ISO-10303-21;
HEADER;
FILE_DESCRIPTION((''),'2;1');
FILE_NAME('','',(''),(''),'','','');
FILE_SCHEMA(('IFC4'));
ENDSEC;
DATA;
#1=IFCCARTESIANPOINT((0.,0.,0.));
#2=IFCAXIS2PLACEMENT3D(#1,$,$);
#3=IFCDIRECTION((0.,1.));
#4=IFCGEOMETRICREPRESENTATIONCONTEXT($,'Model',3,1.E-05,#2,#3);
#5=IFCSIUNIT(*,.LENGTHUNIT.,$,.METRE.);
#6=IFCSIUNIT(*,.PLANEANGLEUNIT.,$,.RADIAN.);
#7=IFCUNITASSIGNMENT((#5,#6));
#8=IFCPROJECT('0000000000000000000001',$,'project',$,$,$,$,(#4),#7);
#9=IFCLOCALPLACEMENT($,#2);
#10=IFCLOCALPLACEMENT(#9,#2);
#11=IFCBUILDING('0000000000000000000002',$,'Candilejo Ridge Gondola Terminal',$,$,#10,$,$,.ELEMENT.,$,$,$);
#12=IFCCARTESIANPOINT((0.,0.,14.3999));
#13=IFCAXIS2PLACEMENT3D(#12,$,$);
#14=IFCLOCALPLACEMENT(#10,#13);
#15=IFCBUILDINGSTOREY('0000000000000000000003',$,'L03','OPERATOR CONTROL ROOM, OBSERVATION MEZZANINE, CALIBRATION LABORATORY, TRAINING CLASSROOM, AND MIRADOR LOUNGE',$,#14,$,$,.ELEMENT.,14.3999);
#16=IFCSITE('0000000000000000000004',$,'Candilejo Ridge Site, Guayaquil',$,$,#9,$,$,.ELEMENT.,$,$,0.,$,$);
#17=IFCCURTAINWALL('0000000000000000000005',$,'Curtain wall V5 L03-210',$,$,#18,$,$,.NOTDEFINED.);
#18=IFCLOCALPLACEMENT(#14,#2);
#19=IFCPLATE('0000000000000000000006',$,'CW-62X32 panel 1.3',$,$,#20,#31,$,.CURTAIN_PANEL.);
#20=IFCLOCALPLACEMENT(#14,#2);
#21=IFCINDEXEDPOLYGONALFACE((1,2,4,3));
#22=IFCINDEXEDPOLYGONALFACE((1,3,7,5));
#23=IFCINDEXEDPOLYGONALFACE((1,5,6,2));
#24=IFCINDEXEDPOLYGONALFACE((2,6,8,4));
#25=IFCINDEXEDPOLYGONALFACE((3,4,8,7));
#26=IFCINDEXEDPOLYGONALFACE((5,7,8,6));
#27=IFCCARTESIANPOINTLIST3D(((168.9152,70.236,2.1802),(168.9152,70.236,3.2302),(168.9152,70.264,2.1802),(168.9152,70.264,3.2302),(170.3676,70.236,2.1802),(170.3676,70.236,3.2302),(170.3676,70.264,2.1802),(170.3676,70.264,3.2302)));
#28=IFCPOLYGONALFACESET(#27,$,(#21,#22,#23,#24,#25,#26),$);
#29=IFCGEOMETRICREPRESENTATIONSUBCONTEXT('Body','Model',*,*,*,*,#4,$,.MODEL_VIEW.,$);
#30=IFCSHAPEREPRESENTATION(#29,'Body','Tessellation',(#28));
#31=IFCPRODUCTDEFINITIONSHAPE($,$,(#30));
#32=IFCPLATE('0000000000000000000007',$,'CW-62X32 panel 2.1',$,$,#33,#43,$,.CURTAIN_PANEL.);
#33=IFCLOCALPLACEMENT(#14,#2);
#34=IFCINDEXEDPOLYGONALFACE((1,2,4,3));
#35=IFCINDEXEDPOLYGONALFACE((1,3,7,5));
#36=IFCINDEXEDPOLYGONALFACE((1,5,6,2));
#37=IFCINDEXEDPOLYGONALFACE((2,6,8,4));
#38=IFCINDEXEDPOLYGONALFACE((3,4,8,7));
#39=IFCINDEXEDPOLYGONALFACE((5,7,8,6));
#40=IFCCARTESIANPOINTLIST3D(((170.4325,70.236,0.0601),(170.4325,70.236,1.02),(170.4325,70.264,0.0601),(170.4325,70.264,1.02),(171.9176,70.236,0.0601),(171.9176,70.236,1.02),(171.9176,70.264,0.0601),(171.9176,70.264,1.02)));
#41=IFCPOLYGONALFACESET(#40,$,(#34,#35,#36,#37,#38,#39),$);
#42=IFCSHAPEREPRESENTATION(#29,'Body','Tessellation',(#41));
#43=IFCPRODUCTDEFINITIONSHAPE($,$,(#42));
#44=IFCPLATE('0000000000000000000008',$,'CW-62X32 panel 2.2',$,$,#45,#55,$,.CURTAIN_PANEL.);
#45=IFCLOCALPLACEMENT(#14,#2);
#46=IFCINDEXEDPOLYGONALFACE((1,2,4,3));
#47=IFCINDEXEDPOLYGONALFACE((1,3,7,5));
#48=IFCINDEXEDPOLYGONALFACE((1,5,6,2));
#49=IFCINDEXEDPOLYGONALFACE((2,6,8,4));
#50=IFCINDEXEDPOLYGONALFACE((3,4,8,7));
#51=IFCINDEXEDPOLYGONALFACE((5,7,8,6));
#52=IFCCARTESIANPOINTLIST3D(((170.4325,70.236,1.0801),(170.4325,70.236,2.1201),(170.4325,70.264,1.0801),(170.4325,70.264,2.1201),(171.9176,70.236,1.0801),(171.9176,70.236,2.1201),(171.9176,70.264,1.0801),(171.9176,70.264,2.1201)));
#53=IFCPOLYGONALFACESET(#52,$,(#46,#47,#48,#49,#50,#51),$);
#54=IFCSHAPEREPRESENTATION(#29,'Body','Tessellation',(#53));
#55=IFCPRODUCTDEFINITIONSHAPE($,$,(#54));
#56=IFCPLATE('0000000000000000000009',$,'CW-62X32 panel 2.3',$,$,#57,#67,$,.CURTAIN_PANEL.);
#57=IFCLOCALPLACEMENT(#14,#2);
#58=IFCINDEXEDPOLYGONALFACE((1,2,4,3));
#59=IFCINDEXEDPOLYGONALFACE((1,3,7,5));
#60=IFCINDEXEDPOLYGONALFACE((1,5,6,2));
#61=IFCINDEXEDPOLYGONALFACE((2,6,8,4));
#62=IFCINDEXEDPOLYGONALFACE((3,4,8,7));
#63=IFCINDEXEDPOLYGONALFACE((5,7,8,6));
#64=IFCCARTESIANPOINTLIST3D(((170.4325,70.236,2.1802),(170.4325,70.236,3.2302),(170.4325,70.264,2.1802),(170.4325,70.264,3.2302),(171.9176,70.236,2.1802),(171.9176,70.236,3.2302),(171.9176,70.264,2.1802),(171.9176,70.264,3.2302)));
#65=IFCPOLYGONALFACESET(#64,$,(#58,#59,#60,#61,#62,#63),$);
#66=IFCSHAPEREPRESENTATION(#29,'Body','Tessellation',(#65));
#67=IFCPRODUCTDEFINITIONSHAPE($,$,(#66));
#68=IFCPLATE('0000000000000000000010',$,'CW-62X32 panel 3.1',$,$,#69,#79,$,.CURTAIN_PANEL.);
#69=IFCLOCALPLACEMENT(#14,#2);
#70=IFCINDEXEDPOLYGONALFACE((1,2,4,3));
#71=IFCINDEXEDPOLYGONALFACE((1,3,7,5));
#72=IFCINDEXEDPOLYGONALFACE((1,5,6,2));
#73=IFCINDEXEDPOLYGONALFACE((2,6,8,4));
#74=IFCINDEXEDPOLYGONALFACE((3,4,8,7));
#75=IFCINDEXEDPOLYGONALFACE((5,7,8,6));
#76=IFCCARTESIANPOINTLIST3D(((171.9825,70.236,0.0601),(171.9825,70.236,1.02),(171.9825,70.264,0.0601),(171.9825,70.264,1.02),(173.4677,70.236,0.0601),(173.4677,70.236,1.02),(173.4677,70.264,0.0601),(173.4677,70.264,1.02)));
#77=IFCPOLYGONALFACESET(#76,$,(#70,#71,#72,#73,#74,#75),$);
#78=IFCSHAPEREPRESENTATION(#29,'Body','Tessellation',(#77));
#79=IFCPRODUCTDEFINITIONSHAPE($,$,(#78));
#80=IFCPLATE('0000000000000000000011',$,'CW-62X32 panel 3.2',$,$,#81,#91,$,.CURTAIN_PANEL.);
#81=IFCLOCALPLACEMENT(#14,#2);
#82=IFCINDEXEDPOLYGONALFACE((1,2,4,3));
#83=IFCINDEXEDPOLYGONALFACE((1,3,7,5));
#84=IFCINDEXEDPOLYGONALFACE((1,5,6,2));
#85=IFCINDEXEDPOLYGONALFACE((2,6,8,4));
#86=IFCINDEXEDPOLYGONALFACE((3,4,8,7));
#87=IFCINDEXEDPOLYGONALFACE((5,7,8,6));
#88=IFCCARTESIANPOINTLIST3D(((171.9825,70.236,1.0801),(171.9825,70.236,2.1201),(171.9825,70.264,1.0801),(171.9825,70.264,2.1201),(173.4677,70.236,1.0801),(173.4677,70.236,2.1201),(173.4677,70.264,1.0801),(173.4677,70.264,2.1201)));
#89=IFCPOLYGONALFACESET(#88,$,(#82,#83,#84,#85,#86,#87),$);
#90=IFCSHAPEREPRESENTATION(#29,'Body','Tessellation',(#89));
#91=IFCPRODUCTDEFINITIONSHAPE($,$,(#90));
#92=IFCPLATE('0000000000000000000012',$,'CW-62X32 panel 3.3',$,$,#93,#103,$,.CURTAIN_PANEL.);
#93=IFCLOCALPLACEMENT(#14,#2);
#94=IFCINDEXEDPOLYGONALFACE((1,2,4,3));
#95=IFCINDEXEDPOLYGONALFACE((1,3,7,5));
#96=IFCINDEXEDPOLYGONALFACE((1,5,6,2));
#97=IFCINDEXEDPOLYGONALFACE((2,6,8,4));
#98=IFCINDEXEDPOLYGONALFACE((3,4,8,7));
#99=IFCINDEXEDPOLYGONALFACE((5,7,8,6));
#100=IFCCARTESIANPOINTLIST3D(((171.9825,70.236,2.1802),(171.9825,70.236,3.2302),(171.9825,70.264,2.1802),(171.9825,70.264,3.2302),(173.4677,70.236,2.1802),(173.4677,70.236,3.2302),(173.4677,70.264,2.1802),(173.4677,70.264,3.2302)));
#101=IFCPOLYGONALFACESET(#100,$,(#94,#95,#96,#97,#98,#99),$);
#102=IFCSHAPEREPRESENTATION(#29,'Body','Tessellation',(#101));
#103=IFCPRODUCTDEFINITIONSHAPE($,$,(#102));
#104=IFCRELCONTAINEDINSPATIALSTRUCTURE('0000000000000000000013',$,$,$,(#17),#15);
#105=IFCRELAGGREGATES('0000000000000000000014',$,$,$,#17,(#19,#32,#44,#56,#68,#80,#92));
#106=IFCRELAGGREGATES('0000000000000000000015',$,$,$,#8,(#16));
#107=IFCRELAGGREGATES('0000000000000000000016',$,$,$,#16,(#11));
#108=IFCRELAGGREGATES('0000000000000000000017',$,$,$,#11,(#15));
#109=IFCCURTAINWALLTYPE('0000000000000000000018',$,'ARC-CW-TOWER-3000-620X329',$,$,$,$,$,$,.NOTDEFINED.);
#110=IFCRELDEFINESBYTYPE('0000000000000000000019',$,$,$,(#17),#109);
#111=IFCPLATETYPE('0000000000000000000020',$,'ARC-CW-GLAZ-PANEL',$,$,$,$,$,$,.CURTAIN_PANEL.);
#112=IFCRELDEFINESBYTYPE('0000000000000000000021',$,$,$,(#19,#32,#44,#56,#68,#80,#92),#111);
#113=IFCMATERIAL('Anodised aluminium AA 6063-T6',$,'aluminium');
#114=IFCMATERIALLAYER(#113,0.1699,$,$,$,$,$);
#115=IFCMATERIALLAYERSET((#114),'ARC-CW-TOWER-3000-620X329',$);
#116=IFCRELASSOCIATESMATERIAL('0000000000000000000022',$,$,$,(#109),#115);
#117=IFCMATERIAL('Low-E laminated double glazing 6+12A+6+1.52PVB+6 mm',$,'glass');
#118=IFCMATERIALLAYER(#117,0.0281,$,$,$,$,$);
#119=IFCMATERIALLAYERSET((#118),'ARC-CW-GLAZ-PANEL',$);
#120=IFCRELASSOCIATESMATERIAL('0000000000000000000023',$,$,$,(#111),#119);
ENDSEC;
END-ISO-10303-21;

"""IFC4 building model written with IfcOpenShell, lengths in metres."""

from ifc_helpers import new_model, si_unit, direction, frame, origin, origin_2d, place, context, subcontext, project, spatial, rectangle, extrude, material, layer, layer_set, type_object, element, aggregate, save


model = new_model("IFC4")

# Units and contexts
model_context = context("Model", 3, precision=1e-05, world=origin(), true_north=direction((0.0, 1.0)))
body_context = subcontext(model_context, "Body", "Model", "MODEL_VIEW")
ifc_project = project(units=[si_unit("LENGTHUNIT", "METRE"), si_unit("PLANEANGLEUNIT", "RADIAN")], contexts=[model_context])

# Site, building, storey
site_placement = place(None, origin())
site = spatial("IfcSite", under=ifc_project, at=site_placement, Name="Candilejo Ridge Site, Guayaquil", CompositionType="ELEMENT", RefElevation=0.0)
building_placement = place(site_placement, origin())
building = spatial("IfcBuilding", under=site, at=building_placement, Name="Candilejo Ridge Gondola Terminal", CompositionType="ELEMENT")
storey_placement = place(building_placement, frame((0.0, 0.0, 14.3999)))
storey = spatial("IfcBuildingStorey", under=building, at=storey_placement, Name="L03", Description="OPERATOR CONTROL ROOM, OBSERVATION MEZZANINE, CALIBRATION LABORATORY, TRAINING CLASSROOM, AND MIRADOR LOUNGE", CompositionType="ELEMENT", Elevation=14.3999)

# Curtain wall, plates
ifc_material_1 = material(Name="Anodised aluminium AA 6063-T6", Category="aluminium")
ifc_layer_1 = layer(ifc_material_1, 0.1699)
ifc_layer_set_1 = layer_set([ifc_layer_1], Name="ARC-CW-TOWER-3000-620X329")
curtain_wall_type = type_object("IfcCurtainWallType", Name="ARC-CW-TOWER-3000-620X329", PredefinedType="NOTDEFINED", material=ifc_layer_set_1)
curtain_wall_placement = place(storey_placement, origin())
curtain_wall = element("IfcCurtainWall", 1, at=curtain_wall_placement, inside=storey, type_object=curtain_wall_type, Name="Curtain wall V5 L03-210", PredefinedType="NOTDEFINED")
ifc_material_2 = material(Name="Low-E laminated double glazing 6+12A+6+1.52PVB+6 mm", Category="glass")
ifc_layer_2 = layer(ifc_material_2, 0.0281)
ifc_layer_set_2 = layer_set([ifc_layer_2], Name="ARC-CW-GLAZ-PANEL")
plate_type = type_object("IfcPlateType", Name="ARC-CW-GLAZ-PANEL", PredefinedType="CURTAIN_PANEL", material=ifc_layer_set_2)
plate_1_placement = place(storey_placement, frame((169.6414, 70.25, 2.1802), z_axis=(0.0, 0.0, 1.0), x_axis=(1.0, 0.0, 0.0)))
plate_1 = element("IfcPlate", 2, at=plate_1_placement, type_object=plate_type, Name="CW-62X32 panel 1.3", PredefinedType="CURTAIN_PANEL", context=body_context, shape_type="SweptSolid", body=[
    extrude(rectangle(XDim=1.4524, YDim=0.0281, at=origin_2d()), origin(), (0.0, 0.0, 1.0), 1.05),
])
plate_2_placement = place(storey_placement, frame((171.175, 70.25, 0.0601), z_axis=(0.0, 0.0, 1.0), x_axis=(1.0, 0.0, 0.0)))
plate_2 = element("IfcPlate", 3, at=plate_2_placement, type_object=plate_type, Name="CW-62X32 panel 2.1", PredefinedType="CURTAIN_PANEL", context=body_context, shape_type="SweptSolid", body=[
    extrude(rectangle(XDim=1.4851, YDim=0.0281, at=origin_2d()), origin(), (0.0, 0.0, 1.0), 0.96),
])
plate_3_placement = place(storey_placement, frame((171.175, 70.25, 1.0801), z_axis=(0.0, 0.0, 1.0), x_axis=(1.0, 0.0, 0.0)))
plate_3 = element("IfcPlate", 4, at=plate_3_placement, type_object=plate_type, Name="CW-62X32 panel 2.2", PredefinedType="CURTAIN_PANEL", context=body_context, shape_type="SweptSolid", body=[
    extrude(rectangle(XDim=1.4851, YDim=0.0281, at=origin_2d()), origin(), (0.0, 0.0, 1.0), 1.04),
])
plate_4_placement = place(storey_placement, frame((171.175, 70.25, 2.1802), z_axis=(0.0, 0.0, 1.0), x_axis=(1.0, 0.0, 0.0)))
plate_4 = element("IfcPlate", 5, at=plate_4_placement, type_object=plate_type, Name="CW-62X32 panel 2.3", PredefinedType="CURTAIN_PANEL", context=body_context, shape_type="SweptSolid", body=[
    extrude(rectangle(XDim=1.4851, YDim=0.0281, at=origin_2d()), origin(), (0.0, 0.0, 1.0), 1.05),
])
plate_5_placement = place(storey_placement, frame((172.7251, 70.25, 0.0601), z_axis=(0.0, 0.0, 1.0), x_axis=(1.0, 0.0, 0.0)))
plate_5 = element("IfcPlate", 6, at=plate_5_placement, type_object=plate_type, Name="CW-62X32 panel 3.1", PredefinedType="CURTAIN_PANEL", context=body_context, shape_type="SweptSolid", body=[
    extrude(rectangle(XDim=1.4851, YDim=0.0281, at=origin_2d()), origin(), (0.0, 0.0, 1.0), 0.96),
])
plate_6_placement = place(storey_placement, frame((172.7251, 70.25, 1.0801), z_axis=(0.0, 0.0, 1.0), x_axis=(1.0, 0.0, 0.0)))
plate_6 = element("IfcPlate", 7, at=plate_6_placement, type_object=plate_type, Name="CW-62X32 panel 3.2", PredefinedType="CURTAIN_PANEL", context=body_context, shape_type="SweptSolid", body=[
    extrude(rectangle(XDim=1.4851, YDim=0.0281, at=origin_2d()), origin(), (0.0, 0.0, 1.0), 1.04),
])
plate_7_placement = place(storey_placement, frame((172.7251, 70.25, 2.1802), z_axis=(0.0, 0.0, 1.0), x_axis=(1.0, 0.0, 0.0)))
plate_7 = element("IfcPlate", 8, at=plate_7_placement, type_object=plate_type, Name="CW-62X32 panel 3.3", PredefinedType="CURTAIN_PANEL", context=body_context, shape_type="SweptSolid", body=[
    extrude(rectangle(XDim=1.4851, YDim=0.0281, at=origin_2d()), origin(), (0.0, 0.0, 1.0), 1.05),
])
aggregate(curtain_wall, [plate_1, plate_2, plate_3, plate_4, plate_5, plate_6, plate_7])

save(model, "model.ifc")
